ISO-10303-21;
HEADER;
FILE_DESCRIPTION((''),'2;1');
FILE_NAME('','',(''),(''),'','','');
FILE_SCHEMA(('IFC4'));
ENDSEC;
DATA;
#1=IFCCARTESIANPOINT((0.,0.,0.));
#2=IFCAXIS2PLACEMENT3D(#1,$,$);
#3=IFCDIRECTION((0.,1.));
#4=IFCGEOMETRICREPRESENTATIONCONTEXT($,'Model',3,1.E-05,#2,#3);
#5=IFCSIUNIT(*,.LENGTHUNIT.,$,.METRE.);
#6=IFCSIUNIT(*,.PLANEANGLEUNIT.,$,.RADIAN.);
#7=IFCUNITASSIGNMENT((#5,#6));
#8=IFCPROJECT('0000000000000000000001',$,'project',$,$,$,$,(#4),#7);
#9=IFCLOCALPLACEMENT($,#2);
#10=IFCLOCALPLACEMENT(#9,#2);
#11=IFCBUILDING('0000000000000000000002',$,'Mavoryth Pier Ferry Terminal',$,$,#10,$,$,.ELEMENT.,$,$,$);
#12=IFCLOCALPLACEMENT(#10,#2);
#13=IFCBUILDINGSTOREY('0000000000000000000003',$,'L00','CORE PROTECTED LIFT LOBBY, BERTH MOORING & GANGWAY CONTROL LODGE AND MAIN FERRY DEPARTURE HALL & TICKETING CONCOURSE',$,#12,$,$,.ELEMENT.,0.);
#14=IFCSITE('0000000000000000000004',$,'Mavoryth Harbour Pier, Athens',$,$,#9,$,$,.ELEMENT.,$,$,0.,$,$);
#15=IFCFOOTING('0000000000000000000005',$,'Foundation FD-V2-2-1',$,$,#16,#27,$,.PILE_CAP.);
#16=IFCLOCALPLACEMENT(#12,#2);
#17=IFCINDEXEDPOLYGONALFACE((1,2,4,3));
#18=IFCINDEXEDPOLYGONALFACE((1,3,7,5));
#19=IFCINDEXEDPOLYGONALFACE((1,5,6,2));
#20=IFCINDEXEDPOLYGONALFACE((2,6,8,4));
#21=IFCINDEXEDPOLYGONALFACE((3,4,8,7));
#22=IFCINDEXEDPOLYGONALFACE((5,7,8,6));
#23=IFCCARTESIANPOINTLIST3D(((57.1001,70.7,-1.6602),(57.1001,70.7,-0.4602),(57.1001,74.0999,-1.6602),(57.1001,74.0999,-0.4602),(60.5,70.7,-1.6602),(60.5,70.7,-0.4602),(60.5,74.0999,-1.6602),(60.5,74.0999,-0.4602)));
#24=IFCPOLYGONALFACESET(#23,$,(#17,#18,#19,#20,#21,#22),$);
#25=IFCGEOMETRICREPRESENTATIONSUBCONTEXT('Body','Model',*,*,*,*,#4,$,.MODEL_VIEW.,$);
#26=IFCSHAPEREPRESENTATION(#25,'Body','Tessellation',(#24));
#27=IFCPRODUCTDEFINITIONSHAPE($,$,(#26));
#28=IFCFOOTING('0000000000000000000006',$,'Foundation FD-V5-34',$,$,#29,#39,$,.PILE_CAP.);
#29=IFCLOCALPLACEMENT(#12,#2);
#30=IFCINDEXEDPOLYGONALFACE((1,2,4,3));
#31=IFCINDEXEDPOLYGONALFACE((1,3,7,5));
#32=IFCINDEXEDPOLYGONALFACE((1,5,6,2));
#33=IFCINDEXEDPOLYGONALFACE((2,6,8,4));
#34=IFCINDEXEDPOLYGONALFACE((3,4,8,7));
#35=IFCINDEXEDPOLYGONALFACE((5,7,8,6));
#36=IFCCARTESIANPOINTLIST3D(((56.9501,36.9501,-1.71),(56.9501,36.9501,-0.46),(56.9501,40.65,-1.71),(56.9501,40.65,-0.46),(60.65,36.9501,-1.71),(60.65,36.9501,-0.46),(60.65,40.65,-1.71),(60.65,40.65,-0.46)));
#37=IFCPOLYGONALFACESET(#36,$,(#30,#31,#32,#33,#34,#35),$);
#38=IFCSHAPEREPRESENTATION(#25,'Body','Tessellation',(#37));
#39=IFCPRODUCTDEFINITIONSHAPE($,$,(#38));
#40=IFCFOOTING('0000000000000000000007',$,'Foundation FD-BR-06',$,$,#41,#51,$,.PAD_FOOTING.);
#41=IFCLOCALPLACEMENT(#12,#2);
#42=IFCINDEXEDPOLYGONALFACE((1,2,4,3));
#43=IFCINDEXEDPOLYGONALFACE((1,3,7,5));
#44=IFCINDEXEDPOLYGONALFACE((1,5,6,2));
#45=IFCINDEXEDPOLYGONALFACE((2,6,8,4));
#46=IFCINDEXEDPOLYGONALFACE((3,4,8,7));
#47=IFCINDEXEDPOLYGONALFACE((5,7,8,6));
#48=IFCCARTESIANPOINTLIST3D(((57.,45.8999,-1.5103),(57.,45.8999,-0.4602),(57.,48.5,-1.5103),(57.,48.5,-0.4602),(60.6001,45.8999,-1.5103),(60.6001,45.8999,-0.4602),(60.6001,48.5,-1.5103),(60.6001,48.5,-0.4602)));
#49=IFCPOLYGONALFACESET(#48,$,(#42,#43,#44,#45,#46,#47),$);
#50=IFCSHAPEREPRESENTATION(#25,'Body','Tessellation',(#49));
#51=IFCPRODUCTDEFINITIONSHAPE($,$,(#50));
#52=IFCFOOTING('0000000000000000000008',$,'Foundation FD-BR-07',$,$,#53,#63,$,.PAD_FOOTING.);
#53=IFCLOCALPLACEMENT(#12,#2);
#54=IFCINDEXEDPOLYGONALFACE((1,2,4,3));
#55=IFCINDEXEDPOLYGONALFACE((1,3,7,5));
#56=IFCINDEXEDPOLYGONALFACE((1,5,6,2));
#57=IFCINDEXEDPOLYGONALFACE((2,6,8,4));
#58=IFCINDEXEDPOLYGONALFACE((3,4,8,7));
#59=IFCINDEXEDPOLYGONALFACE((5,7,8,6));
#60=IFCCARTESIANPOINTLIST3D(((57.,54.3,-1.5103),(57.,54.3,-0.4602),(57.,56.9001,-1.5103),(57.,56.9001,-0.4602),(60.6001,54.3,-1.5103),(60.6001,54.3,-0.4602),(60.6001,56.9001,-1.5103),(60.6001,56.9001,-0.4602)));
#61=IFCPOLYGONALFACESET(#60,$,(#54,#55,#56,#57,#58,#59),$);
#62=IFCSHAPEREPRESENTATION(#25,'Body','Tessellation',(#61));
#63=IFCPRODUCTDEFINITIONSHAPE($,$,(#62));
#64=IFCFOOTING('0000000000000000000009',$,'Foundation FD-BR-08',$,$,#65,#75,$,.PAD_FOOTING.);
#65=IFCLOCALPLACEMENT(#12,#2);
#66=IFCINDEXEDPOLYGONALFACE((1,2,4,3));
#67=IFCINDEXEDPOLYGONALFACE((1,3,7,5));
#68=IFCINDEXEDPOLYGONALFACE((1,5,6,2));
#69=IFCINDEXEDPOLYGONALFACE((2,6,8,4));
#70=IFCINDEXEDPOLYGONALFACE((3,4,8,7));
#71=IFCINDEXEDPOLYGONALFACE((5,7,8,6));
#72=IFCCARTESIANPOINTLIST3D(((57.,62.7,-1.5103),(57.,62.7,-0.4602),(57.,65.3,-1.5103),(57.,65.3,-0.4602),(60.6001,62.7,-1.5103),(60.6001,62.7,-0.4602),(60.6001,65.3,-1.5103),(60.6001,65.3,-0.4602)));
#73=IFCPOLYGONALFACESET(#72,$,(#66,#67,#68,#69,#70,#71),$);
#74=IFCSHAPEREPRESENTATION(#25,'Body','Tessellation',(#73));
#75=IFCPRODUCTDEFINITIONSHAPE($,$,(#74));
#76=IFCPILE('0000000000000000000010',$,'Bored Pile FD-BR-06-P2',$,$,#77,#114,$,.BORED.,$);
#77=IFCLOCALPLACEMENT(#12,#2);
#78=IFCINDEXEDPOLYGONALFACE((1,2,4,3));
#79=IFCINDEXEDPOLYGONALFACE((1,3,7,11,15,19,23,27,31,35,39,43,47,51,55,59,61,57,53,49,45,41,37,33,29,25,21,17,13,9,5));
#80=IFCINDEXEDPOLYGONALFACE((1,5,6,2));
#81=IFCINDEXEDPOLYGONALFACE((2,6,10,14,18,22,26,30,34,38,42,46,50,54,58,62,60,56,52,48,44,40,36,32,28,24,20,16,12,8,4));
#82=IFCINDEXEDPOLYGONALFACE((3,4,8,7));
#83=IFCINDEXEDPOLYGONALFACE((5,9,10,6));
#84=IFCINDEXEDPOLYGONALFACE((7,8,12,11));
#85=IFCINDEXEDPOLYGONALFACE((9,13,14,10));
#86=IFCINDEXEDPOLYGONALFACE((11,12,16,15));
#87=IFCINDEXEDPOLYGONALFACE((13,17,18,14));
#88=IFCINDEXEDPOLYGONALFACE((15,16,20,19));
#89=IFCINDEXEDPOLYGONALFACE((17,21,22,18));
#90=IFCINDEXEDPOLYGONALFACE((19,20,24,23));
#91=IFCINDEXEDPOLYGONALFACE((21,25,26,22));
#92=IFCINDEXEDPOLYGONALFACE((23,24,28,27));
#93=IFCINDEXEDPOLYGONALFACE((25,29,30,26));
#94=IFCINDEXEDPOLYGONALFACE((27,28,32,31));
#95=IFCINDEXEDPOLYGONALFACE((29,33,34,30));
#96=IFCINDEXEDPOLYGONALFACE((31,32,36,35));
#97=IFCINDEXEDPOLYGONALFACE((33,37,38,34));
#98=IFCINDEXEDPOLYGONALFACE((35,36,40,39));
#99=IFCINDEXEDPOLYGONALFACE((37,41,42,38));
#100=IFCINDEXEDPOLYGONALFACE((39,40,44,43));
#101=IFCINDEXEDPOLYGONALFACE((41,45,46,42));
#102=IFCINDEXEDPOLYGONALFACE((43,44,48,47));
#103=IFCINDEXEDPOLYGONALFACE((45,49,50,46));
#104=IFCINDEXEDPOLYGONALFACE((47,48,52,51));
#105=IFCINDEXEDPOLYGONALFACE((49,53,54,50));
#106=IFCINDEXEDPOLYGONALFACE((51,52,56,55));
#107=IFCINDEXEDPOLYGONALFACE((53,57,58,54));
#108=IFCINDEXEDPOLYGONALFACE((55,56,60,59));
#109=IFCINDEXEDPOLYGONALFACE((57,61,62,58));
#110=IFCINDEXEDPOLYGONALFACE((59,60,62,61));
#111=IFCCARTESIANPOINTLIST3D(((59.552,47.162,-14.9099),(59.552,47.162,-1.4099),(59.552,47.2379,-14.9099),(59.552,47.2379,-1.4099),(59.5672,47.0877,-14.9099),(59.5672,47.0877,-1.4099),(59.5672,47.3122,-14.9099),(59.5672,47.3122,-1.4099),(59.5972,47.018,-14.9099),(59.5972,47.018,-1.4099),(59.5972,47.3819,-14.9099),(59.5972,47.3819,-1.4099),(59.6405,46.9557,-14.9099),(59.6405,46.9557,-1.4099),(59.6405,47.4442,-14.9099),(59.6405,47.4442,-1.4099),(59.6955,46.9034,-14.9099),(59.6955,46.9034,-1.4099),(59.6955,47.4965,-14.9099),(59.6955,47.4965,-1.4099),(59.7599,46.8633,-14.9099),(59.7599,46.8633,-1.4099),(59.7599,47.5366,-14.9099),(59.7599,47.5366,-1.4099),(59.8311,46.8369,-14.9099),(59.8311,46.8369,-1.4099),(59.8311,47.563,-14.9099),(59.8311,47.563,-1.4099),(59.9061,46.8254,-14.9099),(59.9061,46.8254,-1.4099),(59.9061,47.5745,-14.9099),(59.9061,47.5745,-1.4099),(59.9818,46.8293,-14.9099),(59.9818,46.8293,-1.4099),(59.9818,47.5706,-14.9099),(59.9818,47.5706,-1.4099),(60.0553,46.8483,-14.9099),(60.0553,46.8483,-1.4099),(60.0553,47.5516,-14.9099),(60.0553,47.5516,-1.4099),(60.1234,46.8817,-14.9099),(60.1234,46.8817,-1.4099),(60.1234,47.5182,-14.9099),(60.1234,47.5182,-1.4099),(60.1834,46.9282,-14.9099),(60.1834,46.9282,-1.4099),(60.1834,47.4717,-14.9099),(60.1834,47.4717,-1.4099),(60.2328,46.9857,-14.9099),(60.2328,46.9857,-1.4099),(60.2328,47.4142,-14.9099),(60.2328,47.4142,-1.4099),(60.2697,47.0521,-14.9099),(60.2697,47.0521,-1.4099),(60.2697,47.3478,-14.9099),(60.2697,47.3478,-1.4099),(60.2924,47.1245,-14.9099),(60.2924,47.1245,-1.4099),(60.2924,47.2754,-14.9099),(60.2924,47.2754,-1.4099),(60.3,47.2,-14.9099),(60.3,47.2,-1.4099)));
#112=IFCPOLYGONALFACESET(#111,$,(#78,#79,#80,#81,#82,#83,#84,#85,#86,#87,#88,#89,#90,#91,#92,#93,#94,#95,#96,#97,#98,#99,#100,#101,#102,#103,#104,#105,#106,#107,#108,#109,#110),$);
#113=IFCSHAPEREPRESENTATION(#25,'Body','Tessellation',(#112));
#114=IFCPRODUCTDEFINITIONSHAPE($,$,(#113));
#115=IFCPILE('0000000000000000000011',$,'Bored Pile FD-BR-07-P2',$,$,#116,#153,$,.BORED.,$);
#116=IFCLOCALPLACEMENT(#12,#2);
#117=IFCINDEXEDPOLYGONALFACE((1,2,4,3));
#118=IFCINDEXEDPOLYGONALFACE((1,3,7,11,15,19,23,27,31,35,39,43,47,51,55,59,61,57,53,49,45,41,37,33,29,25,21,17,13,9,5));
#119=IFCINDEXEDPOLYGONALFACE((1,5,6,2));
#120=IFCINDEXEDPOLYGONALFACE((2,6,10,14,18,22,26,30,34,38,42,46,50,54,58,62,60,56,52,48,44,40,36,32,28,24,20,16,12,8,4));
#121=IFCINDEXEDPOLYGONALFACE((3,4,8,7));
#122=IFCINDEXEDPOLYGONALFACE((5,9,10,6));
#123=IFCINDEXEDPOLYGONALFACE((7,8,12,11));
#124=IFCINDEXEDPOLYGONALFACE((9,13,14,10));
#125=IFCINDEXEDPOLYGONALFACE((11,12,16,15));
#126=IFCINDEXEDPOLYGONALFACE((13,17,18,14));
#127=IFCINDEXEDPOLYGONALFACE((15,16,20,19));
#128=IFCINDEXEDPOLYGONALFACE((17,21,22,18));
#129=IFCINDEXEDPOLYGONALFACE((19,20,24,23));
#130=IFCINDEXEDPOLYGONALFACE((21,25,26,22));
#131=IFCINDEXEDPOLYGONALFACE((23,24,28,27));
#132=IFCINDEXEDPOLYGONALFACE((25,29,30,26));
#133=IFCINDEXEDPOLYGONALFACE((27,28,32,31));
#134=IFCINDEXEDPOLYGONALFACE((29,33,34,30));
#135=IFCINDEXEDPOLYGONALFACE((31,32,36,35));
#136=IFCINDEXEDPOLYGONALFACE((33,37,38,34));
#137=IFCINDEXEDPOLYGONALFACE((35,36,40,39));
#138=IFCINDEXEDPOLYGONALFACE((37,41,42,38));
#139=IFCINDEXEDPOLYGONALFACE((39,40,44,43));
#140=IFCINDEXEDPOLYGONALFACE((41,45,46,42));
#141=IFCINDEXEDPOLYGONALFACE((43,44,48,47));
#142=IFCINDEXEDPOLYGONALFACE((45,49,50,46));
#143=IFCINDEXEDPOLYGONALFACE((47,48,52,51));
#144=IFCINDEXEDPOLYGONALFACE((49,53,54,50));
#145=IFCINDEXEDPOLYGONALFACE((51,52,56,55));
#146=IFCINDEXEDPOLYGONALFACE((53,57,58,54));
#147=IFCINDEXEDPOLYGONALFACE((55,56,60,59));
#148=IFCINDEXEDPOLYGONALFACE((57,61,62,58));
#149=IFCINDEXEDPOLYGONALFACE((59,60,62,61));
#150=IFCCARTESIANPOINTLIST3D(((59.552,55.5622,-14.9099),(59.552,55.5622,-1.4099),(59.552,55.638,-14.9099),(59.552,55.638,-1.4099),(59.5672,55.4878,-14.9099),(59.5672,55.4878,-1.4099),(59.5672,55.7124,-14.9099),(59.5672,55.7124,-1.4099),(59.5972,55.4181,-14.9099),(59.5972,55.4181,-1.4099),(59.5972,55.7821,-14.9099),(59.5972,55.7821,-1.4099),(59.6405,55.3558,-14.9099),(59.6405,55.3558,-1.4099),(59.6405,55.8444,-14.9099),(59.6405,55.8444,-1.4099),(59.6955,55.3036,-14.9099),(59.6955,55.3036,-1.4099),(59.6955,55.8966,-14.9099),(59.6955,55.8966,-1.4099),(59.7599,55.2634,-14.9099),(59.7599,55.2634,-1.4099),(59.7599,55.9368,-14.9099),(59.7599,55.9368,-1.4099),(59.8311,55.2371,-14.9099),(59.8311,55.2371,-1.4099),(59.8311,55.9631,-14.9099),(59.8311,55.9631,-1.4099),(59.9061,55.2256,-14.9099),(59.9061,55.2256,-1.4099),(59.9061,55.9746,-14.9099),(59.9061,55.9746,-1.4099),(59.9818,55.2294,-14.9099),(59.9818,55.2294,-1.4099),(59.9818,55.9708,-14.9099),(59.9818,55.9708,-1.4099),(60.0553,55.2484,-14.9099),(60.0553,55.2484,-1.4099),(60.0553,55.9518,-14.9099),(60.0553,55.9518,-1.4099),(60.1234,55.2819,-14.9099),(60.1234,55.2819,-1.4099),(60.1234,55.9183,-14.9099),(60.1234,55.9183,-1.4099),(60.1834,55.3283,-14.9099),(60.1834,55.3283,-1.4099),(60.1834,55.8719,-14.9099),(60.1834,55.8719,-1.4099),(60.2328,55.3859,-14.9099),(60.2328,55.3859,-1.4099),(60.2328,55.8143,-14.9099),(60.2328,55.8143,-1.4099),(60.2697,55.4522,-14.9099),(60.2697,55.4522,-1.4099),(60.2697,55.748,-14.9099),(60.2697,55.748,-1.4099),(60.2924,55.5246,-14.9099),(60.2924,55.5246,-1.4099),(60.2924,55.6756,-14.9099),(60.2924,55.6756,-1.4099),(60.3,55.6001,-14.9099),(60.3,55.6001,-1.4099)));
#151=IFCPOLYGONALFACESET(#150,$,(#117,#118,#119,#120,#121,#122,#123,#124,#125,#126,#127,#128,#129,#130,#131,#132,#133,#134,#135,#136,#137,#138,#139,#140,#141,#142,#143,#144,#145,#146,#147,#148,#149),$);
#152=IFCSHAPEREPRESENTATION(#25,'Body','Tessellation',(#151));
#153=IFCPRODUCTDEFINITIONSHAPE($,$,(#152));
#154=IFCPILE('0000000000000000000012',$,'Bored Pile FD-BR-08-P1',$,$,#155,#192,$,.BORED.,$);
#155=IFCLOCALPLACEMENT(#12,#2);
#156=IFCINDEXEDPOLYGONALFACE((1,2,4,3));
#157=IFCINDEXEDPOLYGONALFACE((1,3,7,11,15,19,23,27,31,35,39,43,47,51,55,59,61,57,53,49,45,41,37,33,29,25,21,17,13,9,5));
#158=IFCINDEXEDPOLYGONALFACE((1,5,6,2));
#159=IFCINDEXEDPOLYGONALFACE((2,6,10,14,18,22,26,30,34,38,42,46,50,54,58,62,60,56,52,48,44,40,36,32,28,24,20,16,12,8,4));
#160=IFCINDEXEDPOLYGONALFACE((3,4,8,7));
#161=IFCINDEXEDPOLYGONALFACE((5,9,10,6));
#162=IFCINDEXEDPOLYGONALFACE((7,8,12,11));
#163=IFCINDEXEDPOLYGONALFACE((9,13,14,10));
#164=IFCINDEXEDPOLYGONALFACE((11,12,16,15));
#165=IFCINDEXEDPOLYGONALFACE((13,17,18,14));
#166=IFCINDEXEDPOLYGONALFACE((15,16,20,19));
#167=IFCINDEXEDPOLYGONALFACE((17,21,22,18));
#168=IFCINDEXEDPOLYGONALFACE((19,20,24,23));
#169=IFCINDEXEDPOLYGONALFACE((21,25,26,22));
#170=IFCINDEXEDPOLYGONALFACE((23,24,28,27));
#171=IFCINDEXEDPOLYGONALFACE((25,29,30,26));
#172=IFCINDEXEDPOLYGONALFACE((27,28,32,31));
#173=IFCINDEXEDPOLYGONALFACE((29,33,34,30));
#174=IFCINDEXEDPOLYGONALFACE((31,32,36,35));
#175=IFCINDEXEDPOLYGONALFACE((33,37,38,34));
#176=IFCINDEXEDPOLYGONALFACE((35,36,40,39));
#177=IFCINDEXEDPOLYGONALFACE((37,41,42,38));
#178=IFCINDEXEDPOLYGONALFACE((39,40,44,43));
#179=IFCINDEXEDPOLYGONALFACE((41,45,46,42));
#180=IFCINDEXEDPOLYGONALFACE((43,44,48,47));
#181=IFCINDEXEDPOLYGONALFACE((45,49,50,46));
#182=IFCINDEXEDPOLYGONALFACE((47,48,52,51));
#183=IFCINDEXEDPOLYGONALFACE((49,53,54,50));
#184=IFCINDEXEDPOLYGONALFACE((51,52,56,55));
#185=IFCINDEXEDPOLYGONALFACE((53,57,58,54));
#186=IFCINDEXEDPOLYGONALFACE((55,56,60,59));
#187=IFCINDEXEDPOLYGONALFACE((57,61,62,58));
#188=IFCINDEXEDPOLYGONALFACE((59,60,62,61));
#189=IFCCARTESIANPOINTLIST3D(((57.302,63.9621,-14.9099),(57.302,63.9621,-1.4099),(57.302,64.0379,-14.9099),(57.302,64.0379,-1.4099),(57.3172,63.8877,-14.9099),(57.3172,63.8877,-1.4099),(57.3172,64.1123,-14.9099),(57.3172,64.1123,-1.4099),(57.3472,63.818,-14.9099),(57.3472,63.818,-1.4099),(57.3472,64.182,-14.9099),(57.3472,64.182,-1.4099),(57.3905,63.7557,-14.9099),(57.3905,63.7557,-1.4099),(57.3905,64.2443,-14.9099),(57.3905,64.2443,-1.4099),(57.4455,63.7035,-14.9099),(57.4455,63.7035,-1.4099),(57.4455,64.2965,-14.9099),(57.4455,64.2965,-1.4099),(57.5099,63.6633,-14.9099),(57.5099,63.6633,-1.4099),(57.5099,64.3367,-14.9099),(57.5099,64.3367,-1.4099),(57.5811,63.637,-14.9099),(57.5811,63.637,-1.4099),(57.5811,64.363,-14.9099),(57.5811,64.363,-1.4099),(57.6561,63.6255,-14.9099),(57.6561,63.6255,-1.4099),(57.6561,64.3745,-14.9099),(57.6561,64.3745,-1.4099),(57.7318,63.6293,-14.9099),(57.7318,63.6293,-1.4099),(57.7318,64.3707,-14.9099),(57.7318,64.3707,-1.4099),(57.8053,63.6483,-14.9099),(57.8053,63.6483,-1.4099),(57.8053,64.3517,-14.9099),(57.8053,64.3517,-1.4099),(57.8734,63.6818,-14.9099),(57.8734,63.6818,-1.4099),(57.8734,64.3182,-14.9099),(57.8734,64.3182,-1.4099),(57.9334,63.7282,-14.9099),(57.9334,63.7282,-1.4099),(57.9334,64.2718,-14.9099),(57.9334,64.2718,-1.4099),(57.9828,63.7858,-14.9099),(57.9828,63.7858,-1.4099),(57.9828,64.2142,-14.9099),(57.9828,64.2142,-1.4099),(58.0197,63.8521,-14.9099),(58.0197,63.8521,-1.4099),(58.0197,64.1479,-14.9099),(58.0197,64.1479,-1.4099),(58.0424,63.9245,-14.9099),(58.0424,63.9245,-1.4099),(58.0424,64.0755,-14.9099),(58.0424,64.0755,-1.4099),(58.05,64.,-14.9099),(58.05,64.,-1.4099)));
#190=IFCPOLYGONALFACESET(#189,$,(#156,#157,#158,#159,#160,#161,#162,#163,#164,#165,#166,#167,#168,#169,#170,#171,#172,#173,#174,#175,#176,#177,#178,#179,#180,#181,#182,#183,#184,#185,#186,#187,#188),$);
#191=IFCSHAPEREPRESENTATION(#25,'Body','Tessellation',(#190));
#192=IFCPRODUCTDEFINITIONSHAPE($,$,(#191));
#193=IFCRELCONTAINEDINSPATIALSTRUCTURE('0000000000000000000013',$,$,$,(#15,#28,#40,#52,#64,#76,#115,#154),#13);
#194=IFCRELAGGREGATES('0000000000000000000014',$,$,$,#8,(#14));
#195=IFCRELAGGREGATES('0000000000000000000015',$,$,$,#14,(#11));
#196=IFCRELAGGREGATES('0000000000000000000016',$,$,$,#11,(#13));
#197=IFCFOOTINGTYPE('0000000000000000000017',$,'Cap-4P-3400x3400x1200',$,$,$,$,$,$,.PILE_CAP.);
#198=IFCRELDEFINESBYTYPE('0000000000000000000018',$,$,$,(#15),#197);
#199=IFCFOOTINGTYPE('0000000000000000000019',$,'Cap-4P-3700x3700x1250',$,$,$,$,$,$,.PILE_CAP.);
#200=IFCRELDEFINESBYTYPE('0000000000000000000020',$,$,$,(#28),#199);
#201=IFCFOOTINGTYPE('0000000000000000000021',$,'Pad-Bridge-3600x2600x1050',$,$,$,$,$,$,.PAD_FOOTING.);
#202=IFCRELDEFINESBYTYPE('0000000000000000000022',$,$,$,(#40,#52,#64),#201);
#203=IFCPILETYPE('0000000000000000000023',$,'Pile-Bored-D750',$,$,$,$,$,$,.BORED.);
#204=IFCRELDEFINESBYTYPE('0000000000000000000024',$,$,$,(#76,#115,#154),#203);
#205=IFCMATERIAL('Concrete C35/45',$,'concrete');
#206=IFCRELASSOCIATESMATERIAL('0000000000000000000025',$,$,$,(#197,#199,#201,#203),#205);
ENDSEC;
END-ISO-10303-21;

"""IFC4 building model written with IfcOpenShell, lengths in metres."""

from ifc_helpers import new_model, si_unit, direction, frame, origin, origin_2d, place, context, subcontext, project, spatial, rectangle, circle, extrude, material, material_profile, profile_set, type_object, element, save


model = new_model("IFC4")

# Units and contexts
model_context = context("Model", 3, precision=1e-05, world=origin(), true_north=direction((0.0, 1.0)))
body_context = subcontext(model_context, "Body", "Model", "MODEL_VIEW")
ifc_project = project(units=[si_unit("LENGTHUNIT", "METRE"), si_unit("PLANEANGLEUNIT", "RADIAN")], contexts=[model_context])

# Site, building, storey
site_placement = place(None, origin())
site = spatial("IfcSite", under=ifc_project, at=site_placement, Name="Mavoryth Harbour Pier, Athens", CompositionType="ELEMENT", RefElevation=0.0)
building_placement = place(site_placement, origin())
building = spatial("IfcBuilding", under=site, at=building_placement, Name="Mavoryth Pier Ferry Terminal", CompositionType="ELEMENT")
storey_placement = place(building_placement, origin())
storey = spatial("IfcBuildingStorey", under=building, at=storey_placement, Name="L00", Description="CORE PROTECTED LIFT LOBBY, BERTH MOORING & GANGWAY CONTROL LODGE AND MAIN FERRY DEPARTURE HALL & TICKETING CONCOURSE", CompositionType="ELEMENT", Elevation=0.0)

# Footings
ifc_material_1 = material(Name="Concrete C35/45", Category="concrete")
footing_type_1 = type_object("IfcFootingType", Name="Cap-4P-3400x3400x1200", PredefinedType="PILE_CAP", material=ifc_material_1)
footing_1_placement = place(storey_placement, frame((58.8, 72.3999, -1.6602), z_axis=(0.0, 0.0, 1.0), x_axis=(1.0, 0.0, 0.0)))
element("IfcFooting", 1, at=footing_1_placement, inside=storey, type_object=footing_type_1, Name="Foundation FD-V2-2-1", PredefinedType="PILE_CAP", context=body_context, shape_type="SweptSolid", body=[
    extrude(rectangle(XDim=3.3999, YDim=3.3999, at=origin_2d()), origin(), (0.0, 0.0, 1.0), 1.2),
])
footing_type_2 = type_object("IfcFootingType", Name="Cap-4P-3700x3700x1250", PredefinedType="PILE_CAP", material=ifc_material_1)
footing_2_placement = place(storey_placement, frame((58.8, 38.8, -1.71), z_axis=(0.0, 0.0, 1.0), x_axis=(1.0, 0.0, 0.0)))
element("IfcFooting", 2, at=footing_2_placement, inside=storey, type_object=footing_type_2, Name="Foundation FD-V5-34", PredefinedType="PILE_CAP", context=body_context, shape_type="SweptSolid", body=[
    extrude(rectangle(XDim=3.7, YDim=3.7, at=origin_2d()), origin(), (0.0, 0.0, 1.0), 1.25),
])
footing_type_3 = type_object("IfcFootingType", Name="Pad-Bridge-3600x2600x1050", PredefinedType="PAD_FOOTING", material=ifc_material_1)
for number, where, z_axis, x_axis, name in (
    (3, (58.8, 47.2, -1.5103), (0.0, 0.0, 1.0), (1.0, 0.0, 0.0), "Foundation FD-BR-06"),
    (4, (58.8, 55.6001, -1.5103), (0.0, 0.0, 1.0), (1.0, 0.0, 0.0), "Foundation FD-BR-07"),
    (5, (58.8, 64.0, -1.5103), (0.0, 0.0, 1.0), (1.0, 0.0, 0.0), "Foundation FD-BR-08"),
):
    element("IfcFooting", number, at=place(storey_placement, frame(where, z_axis=z_axis, x_axis=x_axis)), inside=storey, type_object=footing_type_3, Name=name, PredefinedType="PAD_FOOTING", context=body_context, shape_type="SweptSolid", body=[
        extrude(rectangle(XDim=3.6001, YDim=2.6001, at=origin_2d()), origin(), (0.0, 0.0, 1.0), 1.05),
    ])

# Piles
ifc_material_profile_1 = material_profile(ifc_material_1, circle(Radius=0.375, at=origin_2d()), Name="PILE D750", Category="concrete")
ifc_profile_set_1 = profile_set([ifc_material_profile_1], Name="Concrete C35/45 - PILE D750")
pile_type_1 = type_object("IfcPileType", Name="Pile-Bored-D750", PredefinedType="BORED", material=ifc_profile_set_1)
for number, where, z_axis, x_axis, name in (
    (6, (59.925, 47.2, -1.4099), (0.0, 0.0, -1.0), (1.0, 0.0, 0.0), "Bored Pile FD-BR-06-P2"),
    (7, (59.925, 55.6001, -1.4099), (0.0, 0.0, -1.0), (1.0, 0.0, 0.0), "Bored Pile FD-BR-07-P2"),
    (8, (57.675, 64.0, -1.4099), (0.0, 0.0, -1.0), (1.0, 0.0, 0.0), "Bored Pile FD-BR-08-P1"),
):
    element("IfcPile", number, at=place(storey_placement, frame(where, z_axis=z_axis, x_axis=x_axis)), inside=storey, type_object=pile_type_1, Name=name, PredefinedType="BORED", context=body_context, shape_type="SweptSolid", body=[
        extrude(circle(Radius=0.375, at=origin_2d()), origin(), (0.0, 0.0, 1.0), 13.5),
    ])

save(model, "model.ifc")
